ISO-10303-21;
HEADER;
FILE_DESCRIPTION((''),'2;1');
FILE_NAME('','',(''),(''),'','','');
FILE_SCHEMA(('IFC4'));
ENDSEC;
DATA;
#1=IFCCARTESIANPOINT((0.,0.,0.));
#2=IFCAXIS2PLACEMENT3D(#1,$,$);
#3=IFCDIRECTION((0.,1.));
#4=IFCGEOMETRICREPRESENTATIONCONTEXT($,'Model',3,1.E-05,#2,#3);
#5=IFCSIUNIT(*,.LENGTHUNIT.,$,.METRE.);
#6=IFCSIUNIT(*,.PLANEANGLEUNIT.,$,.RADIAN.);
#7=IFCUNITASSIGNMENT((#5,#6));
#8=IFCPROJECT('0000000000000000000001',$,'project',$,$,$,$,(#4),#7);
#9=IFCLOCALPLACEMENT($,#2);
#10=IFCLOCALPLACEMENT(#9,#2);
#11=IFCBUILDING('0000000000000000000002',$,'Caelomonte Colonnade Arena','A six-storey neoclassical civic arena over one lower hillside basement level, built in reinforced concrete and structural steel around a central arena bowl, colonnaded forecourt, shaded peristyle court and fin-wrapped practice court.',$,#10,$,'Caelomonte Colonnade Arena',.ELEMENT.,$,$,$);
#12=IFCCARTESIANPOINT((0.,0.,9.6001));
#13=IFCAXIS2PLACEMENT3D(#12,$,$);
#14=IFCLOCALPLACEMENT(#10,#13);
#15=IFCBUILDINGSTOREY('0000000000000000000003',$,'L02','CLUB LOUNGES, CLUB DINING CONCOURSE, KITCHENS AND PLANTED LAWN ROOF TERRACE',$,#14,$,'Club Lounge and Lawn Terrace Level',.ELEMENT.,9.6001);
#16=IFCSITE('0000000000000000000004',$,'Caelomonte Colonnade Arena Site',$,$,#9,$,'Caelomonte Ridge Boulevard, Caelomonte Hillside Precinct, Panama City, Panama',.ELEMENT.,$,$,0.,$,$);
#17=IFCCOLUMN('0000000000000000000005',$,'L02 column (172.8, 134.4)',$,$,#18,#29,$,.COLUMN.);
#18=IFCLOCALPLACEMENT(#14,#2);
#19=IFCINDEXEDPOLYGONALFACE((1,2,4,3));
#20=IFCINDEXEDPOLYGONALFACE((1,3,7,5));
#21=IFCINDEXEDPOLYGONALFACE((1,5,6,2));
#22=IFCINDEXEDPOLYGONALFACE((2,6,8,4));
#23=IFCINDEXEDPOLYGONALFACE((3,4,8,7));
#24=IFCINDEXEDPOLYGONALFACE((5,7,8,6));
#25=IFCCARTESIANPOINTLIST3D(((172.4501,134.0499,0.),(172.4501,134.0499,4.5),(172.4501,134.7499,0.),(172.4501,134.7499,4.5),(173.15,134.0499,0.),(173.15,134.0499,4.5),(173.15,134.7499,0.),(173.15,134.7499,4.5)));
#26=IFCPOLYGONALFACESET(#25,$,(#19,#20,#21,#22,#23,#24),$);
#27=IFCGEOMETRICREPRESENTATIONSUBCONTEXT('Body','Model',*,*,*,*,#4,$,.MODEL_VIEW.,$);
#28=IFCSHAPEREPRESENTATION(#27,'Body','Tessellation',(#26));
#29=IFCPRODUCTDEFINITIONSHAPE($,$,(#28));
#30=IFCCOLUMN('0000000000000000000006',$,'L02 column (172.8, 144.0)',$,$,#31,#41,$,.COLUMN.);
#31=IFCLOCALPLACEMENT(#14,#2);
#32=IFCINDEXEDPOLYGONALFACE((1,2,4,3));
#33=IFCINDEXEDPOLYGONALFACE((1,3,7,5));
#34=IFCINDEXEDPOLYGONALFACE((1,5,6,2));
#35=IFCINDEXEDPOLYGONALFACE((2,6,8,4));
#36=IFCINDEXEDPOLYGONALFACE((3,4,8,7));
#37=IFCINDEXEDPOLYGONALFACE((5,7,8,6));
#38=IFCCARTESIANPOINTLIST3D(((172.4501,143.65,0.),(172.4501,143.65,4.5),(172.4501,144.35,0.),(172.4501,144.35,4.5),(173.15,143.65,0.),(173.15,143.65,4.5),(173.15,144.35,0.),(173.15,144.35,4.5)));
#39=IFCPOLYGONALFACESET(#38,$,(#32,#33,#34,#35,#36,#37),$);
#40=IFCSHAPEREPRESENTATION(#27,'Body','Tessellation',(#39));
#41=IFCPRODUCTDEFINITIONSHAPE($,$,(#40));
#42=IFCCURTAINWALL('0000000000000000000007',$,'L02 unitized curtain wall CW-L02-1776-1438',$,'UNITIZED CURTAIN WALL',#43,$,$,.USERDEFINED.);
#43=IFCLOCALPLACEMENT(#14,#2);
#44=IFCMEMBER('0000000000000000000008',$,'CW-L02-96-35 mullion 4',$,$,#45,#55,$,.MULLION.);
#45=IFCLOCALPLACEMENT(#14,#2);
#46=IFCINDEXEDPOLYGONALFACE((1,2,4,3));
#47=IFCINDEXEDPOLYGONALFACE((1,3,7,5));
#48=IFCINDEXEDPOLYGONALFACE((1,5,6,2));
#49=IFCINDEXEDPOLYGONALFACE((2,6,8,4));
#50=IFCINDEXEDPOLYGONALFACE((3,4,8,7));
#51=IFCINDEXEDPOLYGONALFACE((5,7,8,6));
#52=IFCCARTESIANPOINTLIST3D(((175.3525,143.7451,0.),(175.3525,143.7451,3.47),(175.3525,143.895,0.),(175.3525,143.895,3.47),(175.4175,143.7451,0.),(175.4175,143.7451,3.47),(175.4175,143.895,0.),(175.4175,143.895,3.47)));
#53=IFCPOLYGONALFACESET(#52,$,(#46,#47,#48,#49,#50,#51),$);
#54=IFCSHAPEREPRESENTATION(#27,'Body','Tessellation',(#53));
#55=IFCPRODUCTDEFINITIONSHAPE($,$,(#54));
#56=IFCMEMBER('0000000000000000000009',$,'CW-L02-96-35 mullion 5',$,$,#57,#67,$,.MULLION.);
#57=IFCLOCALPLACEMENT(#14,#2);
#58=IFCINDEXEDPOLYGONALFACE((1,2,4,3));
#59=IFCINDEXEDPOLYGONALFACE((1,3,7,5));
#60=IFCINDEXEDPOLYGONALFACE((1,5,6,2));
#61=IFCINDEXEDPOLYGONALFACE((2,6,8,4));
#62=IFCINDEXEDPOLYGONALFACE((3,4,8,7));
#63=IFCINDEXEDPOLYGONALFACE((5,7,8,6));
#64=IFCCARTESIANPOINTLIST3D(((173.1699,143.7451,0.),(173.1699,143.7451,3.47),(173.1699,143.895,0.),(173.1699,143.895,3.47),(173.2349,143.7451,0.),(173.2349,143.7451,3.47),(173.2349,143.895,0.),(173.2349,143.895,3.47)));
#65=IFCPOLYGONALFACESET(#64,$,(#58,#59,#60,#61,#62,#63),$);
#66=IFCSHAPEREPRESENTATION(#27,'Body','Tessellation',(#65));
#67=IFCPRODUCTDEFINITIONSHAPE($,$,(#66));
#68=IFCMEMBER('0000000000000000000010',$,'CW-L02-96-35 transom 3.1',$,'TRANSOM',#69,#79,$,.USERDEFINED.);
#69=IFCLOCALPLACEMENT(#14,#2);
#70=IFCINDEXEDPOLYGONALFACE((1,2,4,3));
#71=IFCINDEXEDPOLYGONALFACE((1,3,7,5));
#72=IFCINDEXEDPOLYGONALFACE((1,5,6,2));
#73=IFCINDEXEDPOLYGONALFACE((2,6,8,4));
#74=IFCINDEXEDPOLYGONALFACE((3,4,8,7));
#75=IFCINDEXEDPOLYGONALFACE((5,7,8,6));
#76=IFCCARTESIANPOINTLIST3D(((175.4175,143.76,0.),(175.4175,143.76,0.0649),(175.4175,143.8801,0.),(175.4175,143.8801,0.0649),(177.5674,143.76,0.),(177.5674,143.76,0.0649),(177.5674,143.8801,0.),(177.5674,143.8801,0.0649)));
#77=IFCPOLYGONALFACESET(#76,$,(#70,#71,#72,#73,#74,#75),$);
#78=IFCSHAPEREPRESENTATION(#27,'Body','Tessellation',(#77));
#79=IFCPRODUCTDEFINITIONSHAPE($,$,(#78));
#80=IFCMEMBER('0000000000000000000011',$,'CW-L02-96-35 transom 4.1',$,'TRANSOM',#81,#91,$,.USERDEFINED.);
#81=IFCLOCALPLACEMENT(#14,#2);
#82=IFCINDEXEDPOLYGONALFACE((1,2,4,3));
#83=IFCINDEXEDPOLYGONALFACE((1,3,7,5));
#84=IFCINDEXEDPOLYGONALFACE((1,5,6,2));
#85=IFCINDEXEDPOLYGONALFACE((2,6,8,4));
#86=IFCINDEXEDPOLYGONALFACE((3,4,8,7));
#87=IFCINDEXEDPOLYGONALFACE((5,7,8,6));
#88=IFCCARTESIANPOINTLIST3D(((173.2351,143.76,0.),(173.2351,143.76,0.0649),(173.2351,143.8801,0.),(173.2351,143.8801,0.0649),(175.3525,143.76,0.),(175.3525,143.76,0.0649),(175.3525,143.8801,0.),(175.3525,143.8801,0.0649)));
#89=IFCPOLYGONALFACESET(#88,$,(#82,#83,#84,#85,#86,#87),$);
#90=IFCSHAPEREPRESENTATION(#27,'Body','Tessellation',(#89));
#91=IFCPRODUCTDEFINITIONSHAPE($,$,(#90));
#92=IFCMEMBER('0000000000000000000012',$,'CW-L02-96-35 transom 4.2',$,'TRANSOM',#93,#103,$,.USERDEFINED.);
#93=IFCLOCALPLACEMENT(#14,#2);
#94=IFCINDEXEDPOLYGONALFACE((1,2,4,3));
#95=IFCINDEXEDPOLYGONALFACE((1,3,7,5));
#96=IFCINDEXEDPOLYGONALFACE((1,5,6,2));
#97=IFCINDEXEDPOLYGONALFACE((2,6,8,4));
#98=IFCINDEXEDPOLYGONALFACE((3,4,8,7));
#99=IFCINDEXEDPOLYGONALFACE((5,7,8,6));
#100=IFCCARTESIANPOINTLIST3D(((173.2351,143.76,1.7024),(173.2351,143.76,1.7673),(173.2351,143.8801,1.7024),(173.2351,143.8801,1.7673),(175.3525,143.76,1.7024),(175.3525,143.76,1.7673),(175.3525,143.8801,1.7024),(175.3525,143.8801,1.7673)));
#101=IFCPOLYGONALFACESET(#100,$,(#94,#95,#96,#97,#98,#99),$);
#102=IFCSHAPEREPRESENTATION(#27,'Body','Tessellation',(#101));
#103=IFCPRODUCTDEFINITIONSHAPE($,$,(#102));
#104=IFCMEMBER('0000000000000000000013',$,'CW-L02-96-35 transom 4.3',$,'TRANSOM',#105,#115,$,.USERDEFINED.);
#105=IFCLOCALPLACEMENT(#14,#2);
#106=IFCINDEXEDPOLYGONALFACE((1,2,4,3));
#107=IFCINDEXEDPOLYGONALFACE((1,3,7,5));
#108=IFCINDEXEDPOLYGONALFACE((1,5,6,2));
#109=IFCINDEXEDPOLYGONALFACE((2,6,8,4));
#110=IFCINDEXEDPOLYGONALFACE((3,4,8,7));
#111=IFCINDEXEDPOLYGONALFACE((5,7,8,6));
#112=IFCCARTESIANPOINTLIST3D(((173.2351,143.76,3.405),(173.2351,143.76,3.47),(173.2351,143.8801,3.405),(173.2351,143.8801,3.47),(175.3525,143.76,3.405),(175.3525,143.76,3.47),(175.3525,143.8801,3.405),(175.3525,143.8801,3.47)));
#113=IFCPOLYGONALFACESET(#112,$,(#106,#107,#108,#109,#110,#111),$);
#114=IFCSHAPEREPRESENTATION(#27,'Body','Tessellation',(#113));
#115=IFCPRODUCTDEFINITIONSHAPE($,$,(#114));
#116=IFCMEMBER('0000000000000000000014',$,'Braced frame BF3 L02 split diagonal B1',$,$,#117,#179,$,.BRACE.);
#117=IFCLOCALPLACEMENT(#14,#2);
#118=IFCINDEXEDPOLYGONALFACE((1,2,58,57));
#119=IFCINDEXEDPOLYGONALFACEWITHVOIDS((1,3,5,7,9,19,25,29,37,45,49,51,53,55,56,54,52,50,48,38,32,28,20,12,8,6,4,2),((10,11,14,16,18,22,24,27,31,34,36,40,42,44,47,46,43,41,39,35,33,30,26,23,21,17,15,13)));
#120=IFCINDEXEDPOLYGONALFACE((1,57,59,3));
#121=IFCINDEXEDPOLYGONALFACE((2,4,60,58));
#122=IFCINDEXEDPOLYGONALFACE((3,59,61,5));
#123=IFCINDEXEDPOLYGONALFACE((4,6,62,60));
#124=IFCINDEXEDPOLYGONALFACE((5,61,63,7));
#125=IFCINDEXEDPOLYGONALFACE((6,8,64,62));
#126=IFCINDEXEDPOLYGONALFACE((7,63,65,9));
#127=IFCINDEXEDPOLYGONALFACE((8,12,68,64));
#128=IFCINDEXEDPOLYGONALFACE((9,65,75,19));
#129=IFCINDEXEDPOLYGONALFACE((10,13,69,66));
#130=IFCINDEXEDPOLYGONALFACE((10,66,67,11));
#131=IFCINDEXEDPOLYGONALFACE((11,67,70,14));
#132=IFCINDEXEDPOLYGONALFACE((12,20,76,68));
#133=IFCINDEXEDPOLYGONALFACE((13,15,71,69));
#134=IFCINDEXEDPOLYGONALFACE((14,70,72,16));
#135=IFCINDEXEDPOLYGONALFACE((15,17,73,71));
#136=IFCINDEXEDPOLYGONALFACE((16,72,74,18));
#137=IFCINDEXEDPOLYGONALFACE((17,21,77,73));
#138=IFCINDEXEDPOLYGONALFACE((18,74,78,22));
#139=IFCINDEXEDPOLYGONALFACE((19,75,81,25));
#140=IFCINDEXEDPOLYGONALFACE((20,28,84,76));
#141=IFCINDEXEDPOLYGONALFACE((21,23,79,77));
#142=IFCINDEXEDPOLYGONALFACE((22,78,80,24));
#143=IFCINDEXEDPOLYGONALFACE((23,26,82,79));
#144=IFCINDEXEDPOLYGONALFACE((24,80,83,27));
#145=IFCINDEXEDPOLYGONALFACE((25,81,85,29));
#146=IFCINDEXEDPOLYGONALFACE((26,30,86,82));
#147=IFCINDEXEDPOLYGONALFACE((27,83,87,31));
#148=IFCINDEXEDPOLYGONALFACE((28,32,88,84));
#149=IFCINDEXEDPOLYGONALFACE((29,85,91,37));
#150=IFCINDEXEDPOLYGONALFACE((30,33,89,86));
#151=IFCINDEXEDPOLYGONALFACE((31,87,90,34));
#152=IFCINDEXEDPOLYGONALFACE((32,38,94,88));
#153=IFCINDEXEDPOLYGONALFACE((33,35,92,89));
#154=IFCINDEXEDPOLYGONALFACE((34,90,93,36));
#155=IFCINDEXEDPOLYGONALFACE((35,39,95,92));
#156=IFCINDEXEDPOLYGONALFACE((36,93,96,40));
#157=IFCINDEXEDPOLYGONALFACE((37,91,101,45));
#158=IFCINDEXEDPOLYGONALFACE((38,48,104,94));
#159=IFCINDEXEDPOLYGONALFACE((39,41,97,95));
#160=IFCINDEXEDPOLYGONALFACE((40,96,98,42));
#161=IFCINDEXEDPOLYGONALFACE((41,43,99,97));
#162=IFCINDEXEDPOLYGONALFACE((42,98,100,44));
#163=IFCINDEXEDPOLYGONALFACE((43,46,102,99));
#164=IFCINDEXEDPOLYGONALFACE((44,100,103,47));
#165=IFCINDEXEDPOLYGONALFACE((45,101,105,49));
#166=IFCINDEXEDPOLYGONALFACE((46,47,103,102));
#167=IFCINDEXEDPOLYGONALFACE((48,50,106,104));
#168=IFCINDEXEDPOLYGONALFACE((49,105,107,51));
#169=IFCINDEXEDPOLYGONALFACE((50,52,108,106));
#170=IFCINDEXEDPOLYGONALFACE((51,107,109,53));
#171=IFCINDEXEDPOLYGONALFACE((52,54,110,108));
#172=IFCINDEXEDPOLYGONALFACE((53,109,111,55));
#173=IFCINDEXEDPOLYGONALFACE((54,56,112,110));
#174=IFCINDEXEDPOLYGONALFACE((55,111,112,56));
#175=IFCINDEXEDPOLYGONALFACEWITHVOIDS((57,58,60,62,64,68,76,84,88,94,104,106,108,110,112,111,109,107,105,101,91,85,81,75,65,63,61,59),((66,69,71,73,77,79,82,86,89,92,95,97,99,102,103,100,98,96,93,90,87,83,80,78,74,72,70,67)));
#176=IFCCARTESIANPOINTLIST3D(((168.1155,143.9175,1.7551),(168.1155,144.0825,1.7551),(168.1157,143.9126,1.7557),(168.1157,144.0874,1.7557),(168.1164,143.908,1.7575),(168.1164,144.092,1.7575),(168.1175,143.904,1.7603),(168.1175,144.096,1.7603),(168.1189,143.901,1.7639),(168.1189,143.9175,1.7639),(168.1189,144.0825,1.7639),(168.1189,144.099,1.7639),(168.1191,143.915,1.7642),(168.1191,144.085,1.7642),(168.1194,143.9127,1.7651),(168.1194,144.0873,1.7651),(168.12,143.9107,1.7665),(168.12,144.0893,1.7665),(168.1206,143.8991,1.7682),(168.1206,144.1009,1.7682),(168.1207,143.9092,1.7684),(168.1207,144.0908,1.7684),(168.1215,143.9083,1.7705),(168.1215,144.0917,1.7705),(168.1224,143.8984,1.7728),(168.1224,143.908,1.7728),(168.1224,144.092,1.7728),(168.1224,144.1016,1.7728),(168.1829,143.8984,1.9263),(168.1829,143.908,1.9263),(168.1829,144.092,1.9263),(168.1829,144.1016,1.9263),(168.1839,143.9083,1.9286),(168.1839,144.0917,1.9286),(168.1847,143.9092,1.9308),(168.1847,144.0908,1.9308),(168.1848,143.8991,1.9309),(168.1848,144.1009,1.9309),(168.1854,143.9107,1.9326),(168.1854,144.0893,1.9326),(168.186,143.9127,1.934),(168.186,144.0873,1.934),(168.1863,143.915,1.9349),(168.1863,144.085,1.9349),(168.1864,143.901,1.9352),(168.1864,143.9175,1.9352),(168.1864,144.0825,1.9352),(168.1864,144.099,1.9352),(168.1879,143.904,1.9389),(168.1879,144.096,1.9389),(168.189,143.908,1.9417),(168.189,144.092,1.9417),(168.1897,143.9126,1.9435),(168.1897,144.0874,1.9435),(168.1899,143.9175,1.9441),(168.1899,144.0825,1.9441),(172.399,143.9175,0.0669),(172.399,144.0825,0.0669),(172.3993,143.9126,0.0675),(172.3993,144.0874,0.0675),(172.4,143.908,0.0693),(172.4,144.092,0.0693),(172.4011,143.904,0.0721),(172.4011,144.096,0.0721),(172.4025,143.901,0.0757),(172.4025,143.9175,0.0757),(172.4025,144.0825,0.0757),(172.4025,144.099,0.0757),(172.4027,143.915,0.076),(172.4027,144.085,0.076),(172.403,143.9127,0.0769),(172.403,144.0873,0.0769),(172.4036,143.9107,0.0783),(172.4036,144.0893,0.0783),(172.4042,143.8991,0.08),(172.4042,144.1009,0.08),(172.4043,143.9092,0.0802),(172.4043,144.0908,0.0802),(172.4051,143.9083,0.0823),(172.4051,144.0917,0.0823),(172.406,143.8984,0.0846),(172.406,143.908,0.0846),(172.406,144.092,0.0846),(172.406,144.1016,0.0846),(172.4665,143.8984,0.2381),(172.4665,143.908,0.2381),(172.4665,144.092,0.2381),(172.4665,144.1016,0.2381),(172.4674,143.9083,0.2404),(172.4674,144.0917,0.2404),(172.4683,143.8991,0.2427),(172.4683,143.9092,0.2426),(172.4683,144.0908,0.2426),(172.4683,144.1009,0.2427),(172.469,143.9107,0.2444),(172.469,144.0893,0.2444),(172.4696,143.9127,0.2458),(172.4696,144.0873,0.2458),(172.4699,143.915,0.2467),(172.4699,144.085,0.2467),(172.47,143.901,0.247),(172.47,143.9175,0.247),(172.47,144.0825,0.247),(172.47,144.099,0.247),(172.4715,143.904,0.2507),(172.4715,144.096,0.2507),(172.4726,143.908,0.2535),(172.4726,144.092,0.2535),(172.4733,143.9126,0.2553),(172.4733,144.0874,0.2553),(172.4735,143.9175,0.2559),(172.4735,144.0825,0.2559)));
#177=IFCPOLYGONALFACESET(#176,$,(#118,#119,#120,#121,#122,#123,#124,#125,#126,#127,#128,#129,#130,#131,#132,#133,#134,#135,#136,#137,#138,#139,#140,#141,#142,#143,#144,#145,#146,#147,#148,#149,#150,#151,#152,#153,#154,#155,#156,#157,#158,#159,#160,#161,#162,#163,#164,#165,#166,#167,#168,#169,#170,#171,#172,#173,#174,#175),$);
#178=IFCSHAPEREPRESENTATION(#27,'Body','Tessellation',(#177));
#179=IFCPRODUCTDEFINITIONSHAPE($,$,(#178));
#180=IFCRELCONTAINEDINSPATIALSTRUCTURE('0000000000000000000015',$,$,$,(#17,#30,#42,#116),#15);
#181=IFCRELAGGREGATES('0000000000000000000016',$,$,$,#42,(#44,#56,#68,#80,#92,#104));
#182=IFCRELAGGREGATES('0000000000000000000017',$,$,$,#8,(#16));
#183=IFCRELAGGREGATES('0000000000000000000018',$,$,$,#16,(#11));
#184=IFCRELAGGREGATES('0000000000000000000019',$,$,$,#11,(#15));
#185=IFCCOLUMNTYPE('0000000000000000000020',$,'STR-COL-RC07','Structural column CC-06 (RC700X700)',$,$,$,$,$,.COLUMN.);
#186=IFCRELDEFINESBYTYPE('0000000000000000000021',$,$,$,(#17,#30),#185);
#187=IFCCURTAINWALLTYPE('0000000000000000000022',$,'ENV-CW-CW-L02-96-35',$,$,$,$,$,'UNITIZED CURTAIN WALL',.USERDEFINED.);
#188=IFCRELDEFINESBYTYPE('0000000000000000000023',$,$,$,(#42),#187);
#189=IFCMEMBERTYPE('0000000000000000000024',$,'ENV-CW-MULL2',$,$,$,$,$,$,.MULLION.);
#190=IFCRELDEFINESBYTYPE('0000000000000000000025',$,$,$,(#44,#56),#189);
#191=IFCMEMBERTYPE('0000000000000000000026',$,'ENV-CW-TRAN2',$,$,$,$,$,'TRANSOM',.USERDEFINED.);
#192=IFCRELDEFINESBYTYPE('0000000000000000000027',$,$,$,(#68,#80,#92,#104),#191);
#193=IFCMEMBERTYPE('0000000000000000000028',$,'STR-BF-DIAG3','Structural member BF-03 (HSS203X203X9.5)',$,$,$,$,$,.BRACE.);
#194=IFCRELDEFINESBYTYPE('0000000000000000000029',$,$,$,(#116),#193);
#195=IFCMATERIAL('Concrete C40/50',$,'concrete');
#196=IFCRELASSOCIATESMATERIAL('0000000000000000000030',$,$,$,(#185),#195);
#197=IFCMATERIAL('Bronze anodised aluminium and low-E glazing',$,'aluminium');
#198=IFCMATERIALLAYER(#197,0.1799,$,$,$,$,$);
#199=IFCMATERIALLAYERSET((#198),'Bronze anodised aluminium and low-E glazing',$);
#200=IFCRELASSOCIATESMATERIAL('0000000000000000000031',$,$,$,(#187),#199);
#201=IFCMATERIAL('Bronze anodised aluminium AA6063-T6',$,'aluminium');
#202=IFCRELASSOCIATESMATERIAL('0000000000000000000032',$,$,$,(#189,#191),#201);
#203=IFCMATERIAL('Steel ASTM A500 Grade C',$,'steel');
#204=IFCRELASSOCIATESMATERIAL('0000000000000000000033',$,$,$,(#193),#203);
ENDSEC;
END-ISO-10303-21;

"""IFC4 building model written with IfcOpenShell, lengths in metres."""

from ifc_helpers import new_model, si_unit, direction, frame, origin, origin_2d, place, context, subcontext, project, spatial, rectangle, hollow_rectangle, extrude, material, layer, layer_set, material_profile, profile_set, type_object, element, aggregate, save


model = new_model("IFC4")

# Units and contexts
model_context = context("Model", 3, precision=1e-05, world=origin(), true_north=direction((0.0, 1.0)))
body_context = subcontext(model_context, "Body", "Model", "MODEL_VIEW")
ifc_project = project(units=[si_unit("LENGTHUNIT", "METRE"), si_unit("PLANEANGLEUNIT", "RADIAN")], contexts=[model_context])

# Site, building, storey
site_placement = place(None, origin())
site = spatial("IfcSite", under=ifc_project, at=site_placement, Name="Caelomonte Colonnade Arena Site", LongName="Caelomonte Ridge Boulevard, Caelomonte Hillside Precinct, Panama City, Panama", CompositionType="ELEMENT", RefElevation=0.0)
building_placement = place(site_placement, origin())
building = spatial("IfcBuilding", under=site, at=building_placement, Name="Caelomonte Colonnade Arena", Description="A six-storey neoclassical civic arena over one lower hillside basement level, built in reinforced concrete and structural steel around a central arena bowl, colonnaded forecourt, shaded peristyle court and fin-wrapped practice court.", LongName="Caelomonte Colonnade Arena", CompositionType="ELEMENT")
storey_placement = place(building_placement, frame((0.0, 0.0, 9.6001)))
storey = spatial("IfcBuildingStorey", under=building, at=storey_placement, Name="L02", Description="CLUB LOUNGES, CLUB DINING CONCOURSE, KITCHENS AND PLANTED LAWN ROOF TERRACE", LongName="Club Lounge and Lawn Terrace Level", CompositionType="ELEMENT", Elevation=9.6001)

# Columns
ifc_material_1 = material(Name="Concrete C40/50", Category="concrete")
ifc_material_profile_1 = material_profile(ifc_material_1, rectangle(XDim=0.7, YDim=0.7, at=origin_2d()), Name="RC700X700")
ifc_profile_set_1 = profile_set([ifc_material_profile_1], Name="Concrete C40/50")
column_type = type_object("IfcColumnType", Name="STR-COL-RC07", Description="Structural column CC-06 (RC700X700)", PredefinedType="COLUMN", material=ifc_profile_set_1)
for number, where, z_axis, x_axis, name in (
    (1, (172.8, 134.3999, 0.0), (0.0, 0.0, 1.0), (1.0, 0.0, 0.0), "L02 column (172.8, 134.4)"),
    (2, (172.8, 144.0, 0.0), (0.0, 0.0, 1.0), (1.0, 0.0, 0.0), "L02 column (172.8, 144.0)"),
):
    element("IfcColumn", number, at=place(storey_placement, frame(where, z_axis=z_axis, x_axis=x_axis)), inside=storey, type_object=column_type, Name=name, PredefinedType="COLUMN", context=body_context, shape_type="SweptSolid", body=[
        extrude(rectangle(XDim=0.7, YDim=0.7, at=origin_2d()), origin(), (0.0, 0.0, 1.0), 4.5),
    ])

# Curtain wall, members
ifc_material_2 = material(Name="Bronze anodised aluminium and low-E glazing", Category="aluminium")
ifc_layer_1 = layer(ifc_material_2, 0.1799)
ifc_layer_set_1 = layer_set([ifc_layer_1], Name="Bronze anodised aluminium and low-E glazing")
curtain_wall_type = type_object("IfcCurtainWallType", Name="ENV-CW-CW-L02-96-35", ElementType="UNITIZED CURTAIN WALL", PredefinedType="USERDEFINED", material=ifc_layer_set_1)
curtain_wall_placement = place(storey_placement, origin())
curtain_wall = element("IfcCurtainWall", 3, at=curtain_wall_placement, inside=storey, type_object=curtain_wall_type, Name="L02 unitized curtain wall CW-L02-1776-1438", ObjectType="UNITIZED CURTAIN WALL", PredefinedType="USERDEFINED")
ifc_material_3 = material(Name="Bronze anodised aluminium AA6063-T6", Category="aluminium")
ifc_material_profile_2 = material_profile(ifc_material_3, rectangle(XDim=0.0649, YDim=0.1499, at=origin_2d()), Name="CWM-65X150")
ifc_profile_set_2 = profile_set([ifc_material_profile_2], Name="Bronze anodised aluminium AA6063-T6")
member_type_1 = type_object("IfcMemberType", Name="ENV-CW-MULL2", PredefinedType="MULLION", material=ifc_profile_set_2)
member_1_placement = place(storey_placement, frame((175.385, 143.8201, 0.0), z_axis=(0.0, 0.0, 1.0), x_axis=(-1.0, 0.0, 0.0)))
member_1 = element("IfcMember", 4, at=member_1_placement, type_object=member_type_1, Name="CW-L02-96-35 mullion 4", PredefinedType="MULLION", context=body_context, shape_type="SweptSolid", body=[
    extrude(rectangle(XDim=0.0649, YDim=0.1499, at=origin_2d()), origin(), (0.0, 0.0, 1.0), 3.47),
])
member_2_placement = place(storey_placement, frame((173.2024, 143.8201, 0.0), z_axis=(0.0, 0.0, 1.0), x_axis=(-1.0, 0.0, 0.0)))
member_2 = element("IfcMember", 5, at=member_2_placement, type_object=member_type_1, Name="CW-L02-96-35 mullion 5", PredefinedType="MULLION", context=body_context, shape_type="SweptSolid", body=[
    extrude(rectangle(XDim=0.0649, YDim=0.1499, at=origin_2d()), origin(), (0.0, 0.0, 1.0), 3.47),
])
ifc_material_profile_3 = material_profile(ifc_material_3, rectangle(XDim=0.0649, YDim=0.1201, at=origin_2d()), Name="CWT-65X120")
ifc_profile_set_3 = profile_set([ifc_material_profile_3], Name="Bronze anodised aluminium AA6063-T6")
member_type_2 = type_object("IfcMemberType", Name="ENV-CW-TRAN2", ElementType="TRANSOM", PredefinedType="USERDEFINED", material=ifc_profile_set_3)
member_3_placement = place(storey_placement, frame((177.5674, 143.8201, 0.0325), z_axis=(-1.0, 0.0, 0.0), x_axis=(0.0, 0.0, 1.0)))
member_3 = element("IfcMember", 6, at=member_3_placement, type_object=member_type_2, Name="CW-L02-96-35 transom 3.1", ObjectType="TRANSOM", PredefinedType="USERDEFINED", context=body_context, shape_type="SweptSolid", body=[
    extrude(rectangle(XDim=0.0649, YDim=0.1201, at=origin_2d()), origin(), (0.0, 0.0, 1.0), 2.1499),
])
member_4_placement = place(storey_placement, frame((175.3525, 143.8201, 0.0325), z_axis=(-1.0, 0.0, 0.0), x_axis=(0.0, 0.0, 1.0)))
member_4 = element("IfcMember", 7, at=member_4_placement, type_object=member_type_2, Name="CW-L02-96-35 transom 4.1", ObjectType="TRANSOM", PredefinedType="USERDEFINED", context=body_context, shape_type="SweptSolid", body=[
    extrude(rectangle(XDim=0.0649, YDim=0.1201, at=origin_2d()), origin(), (0.0, 0.0, 1.0), 2.1174),
])
member_5_placement = place(storey_placement, frame((175.3525, 143.8201, 1.7349), z_axis=(-1.0, 0.0, 0.0), x_axis=(0.0, 0.0, 1.0)))
member_5 = element("IfcMember", 8, at=member_5_placement, type_object=member_type_2, Name="CW-L02-96-35 transom 4.2", ObjectType="TRANSOM", PredefinedType="USERDEFINED", context=body_context, shape_type="SweptSolid", body=[
    extrude(rectangle(XDim=0.0649, YDim=0.1201, at=origin_2d()), origin(), (0.0, 0.0, 1.0), 2.1174),
])
member_6_placement = place(storey_placement, frame((175.3525, 143.8201, 3.4375), z_axis=(-1.0, 0.0, 0.0), x_axis=(0.0, 0.0, 1.0)))
member_6 = element("IfcMember", 9, at=member_6_placement, type_object=member_type_2, Name="CW-L02-96-35 transom 4.3", ObjectType="TRANSOM", PredefinedType="USERDEFINED", context=body_context, shape_type="SweptSolid", body=[
    extrude(rectangle(XDim=0.0649, YDim=0.1201, at=origin_2d()), origin(), (0.0, 0.0, 1.0), 2.1174),
])

# Member
ifc_material_4 = material(Name="Steel ASTM A500 Grade C", Category="steel")
ifc_material_profile_4 = material_profile(ifc_material_4, hollow_rectangle(XDim=0.2031, YDim=0.2031, WallThickness=0.0095, InnerFilletRadius=0.0095, OuterFilletRadius=0.019, at=origin_2d()), Name="HSS203X203X9.5")
ifc_profile_set_4 = profile_set([ifc_material_profile_4], Name="Steel ASTM A500 Grade C")
member_type_3 = type_object("IfcMemberType", Name="STR-BF-DIAG3", Description="Structural member BF-03 (HSS203X203X9.5)", PredefinedType="BRACE", material=ifc_profile_set_4)
for number, where, z_axis, x_axis, name in (
    (10, (172.4363, 144.0, 0.1614), (-0.930355, 0.0, 0.366659), (0.0, -1.0, 0.0), "Braced frame BF3 L02 split diagonal B1"),
):
    element("IfcMember", number, at=place(storey_placement, frame(where, z_axis=z_axis, x_axis=x_axis)), inside=storey, type_object=member_type_3, Name=name, PredefinedType="BRACE", context=body_context, shape_type="SweptSolid", body=[
        extrude(hollow_rectangle(XDim=0.2031, YDim=0.2031, WallThickness=0.0095, InnerFilletRadius=0.0095, OuterFilletRadius=0.019, at=origin_2d()), origin(), (0.0, 0.0, 1.0), 4.6042),
    ])

aggregate(curtain_wall, [member_1, member_2, member_3, member_4, member_5, member_6])

save(model, "model.ifc")
